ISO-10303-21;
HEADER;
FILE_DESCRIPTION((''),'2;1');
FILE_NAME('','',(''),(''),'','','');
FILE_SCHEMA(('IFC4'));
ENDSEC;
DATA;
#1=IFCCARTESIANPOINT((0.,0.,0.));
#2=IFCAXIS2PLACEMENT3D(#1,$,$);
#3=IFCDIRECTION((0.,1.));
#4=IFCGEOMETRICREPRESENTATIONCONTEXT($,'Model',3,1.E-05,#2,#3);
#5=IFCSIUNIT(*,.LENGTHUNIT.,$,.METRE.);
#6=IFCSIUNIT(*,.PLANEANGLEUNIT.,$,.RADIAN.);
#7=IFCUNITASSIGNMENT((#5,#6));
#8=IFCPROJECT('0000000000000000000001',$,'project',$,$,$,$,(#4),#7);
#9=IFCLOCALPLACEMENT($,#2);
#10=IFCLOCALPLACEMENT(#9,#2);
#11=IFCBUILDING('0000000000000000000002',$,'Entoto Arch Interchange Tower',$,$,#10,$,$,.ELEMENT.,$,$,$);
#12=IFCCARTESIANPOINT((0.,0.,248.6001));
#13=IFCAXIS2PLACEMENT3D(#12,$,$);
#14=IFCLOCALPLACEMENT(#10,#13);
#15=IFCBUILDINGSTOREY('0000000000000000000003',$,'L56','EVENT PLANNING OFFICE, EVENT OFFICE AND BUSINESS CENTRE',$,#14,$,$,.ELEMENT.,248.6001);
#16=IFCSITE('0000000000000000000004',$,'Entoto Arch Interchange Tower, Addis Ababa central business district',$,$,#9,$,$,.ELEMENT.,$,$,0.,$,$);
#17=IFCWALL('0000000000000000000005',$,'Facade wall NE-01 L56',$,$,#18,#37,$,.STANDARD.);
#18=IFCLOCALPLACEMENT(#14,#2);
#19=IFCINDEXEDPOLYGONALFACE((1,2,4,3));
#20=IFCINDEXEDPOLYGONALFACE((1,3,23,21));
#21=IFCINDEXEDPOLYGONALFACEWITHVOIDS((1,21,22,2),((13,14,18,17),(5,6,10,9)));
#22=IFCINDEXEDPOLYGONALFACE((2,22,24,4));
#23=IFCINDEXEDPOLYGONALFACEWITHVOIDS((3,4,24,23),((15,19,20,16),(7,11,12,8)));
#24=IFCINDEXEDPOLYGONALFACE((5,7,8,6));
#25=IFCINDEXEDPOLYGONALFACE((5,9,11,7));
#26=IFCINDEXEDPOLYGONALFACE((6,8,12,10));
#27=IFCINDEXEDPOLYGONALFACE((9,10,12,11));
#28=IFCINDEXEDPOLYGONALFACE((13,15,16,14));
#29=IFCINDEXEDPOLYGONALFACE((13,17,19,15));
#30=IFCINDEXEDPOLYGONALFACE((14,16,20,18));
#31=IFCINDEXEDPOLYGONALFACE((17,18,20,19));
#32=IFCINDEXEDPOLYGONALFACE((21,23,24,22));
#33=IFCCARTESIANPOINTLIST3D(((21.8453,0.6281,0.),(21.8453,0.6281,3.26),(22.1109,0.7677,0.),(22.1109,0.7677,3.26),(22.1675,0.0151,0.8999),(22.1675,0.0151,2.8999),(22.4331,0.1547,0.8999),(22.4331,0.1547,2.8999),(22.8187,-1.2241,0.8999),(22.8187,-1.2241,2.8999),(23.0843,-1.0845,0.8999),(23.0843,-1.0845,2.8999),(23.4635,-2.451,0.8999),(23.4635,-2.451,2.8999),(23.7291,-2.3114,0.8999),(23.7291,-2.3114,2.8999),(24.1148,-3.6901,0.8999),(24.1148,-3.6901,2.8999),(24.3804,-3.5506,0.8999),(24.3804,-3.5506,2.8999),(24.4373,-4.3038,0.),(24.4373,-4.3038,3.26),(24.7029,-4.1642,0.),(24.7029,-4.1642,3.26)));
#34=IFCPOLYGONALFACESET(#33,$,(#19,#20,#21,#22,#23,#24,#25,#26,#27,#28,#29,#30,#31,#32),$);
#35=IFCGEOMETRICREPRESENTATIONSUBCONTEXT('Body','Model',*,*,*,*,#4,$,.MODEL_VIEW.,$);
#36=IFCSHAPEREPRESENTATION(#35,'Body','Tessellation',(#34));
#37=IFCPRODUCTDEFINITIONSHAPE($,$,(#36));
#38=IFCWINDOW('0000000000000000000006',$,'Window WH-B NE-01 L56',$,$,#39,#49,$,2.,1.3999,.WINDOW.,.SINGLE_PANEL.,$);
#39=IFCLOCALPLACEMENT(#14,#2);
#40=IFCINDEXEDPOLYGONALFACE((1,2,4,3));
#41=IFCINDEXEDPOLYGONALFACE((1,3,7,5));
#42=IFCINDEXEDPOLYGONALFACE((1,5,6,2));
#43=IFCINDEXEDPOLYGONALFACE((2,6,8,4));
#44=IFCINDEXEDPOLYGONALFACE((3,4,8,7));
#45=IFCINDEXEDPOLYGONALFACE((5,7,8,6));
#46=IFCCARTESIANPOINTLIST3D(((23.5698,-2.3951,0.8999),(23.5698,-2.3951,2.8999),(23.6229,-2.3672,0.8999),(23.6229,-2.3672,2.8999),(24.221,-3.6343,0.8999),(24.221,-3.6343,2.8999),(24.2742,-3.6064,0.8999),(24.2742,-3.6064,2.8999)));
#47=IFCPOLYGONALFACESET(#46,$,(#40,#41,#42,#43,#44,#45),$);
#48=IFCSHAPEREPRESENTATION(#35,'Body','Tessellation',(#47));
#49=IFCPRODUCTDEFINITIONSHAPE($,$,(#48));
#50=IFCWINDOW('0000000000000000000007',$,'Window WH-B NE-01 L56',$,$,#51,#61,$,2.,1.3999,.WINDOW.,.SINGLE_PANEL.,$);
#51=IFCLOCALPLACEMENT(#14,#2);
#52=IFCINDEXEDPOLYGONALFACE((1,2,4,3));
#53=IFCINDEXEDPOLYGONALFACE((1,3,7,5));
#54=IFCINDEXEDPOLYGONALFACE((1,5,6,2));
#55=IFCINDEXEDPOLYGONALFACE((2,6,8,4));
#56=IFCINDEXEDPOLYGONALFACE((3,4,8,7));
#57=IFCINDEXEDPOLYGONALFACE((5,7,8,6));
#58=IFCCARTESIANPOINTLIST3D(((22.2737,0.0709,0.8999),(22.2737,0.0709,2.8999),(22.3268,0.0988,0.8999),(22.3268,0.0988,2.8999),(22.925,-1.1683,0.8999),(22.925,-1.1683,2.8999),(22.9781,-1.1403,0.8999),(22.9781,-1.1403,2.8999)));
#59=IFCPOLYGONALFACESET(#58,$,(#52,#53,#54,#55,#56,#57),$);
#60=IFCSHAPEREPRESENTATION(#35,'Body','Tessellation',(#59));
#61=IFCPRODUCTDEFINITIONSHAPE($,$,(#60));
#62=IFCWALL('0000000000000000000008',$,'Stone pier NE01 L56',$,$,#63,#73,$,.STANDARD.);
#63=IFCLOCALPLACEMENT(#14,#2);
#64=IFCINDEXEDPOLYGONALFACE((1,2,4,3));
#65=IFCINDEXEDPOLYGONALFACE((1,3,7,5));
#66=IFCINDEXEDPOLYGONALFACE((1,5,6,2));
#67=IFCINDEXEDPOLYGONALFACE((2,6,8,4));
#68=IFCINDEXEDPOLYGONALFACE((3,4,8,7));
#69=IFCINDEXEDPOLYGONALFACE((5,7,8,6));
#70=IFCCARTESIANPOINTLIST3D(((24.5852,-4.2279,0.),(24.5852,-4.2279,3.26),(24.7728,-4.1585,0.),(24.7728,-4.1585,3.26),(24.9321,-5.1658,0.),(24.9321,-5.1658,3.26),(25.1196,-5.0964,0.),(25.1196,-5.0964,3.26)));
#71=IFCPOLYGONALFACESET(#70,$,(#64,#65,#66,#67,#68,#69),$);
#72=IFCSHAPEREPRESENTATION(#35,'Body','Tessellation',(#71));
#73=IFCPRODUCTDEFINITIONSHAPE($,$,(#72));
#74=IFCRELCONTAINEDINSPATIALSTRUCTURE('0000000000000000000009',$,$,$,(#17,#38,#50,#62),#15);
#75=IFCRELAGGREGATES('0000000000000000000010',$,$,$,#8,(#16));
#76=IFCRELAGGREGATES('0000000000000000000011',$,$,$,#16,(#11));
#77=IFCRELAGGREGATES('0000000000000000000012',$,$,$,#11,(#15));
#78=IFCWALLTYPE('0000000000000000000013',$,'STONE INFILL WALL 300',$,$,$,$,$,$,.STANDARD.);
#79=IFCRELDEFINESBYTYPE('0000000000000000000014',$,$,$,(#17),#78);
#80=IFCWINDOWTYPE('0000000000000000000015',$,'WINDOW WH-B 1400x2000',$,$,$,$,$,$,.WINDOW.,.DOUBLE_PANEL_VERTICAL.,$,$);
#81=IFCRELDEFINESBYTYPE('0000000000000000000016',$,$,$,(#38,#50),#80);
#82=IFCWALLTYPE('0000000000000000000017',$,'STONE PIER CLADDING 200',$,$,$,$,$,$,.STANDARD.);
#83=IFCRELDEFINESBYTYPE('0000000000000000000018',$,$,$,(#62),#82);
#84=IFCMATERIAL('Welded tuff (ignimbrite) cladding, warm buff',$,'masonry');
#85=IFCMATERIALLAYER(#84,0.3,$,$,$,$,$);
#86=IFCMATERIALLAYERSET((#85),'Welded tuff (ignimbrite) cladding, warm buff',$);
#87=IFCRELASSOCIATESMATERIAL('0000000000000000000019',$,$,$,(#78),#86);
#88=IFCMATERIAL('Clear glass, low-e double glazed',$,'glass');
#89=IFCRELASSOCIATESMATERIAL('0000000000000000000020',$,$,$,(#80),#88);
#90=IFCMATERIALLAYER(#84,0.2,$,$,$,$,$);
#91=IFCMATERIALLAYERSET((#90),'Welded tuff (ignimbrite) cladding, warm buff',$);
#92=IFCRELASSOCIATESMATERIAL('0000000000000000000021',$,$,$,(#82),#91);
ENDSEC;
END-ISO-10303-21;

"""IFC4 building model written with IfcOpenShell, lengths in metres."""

from ifc_helpers import new_model, si_unit, direction, frame, frame_2d, origin, place, context, subcontext, project, spatial, rectangle, extrude, material, layer, layer_set, type_object, element, fill, save


model = new_model("IFC4")

# Units and contexts
model_context = context("Model", 3, precision=1e-05, world=origin(), true_north=direction((0.0, 1.0)))
body_context = subcontext(model_context, "Body", "Model", "MODEL_VIEW")
ifc_project = project(units=[si_unit("LENGTHUNIT", "METRE"), si_unit("PLANEANGLEUNIT", "RADIAN")], contexts=[model_context])

# Site, building, storey
site_placement = place(None, origin())
site = spatial("IfcSite", under=ifc_project, at=site_placement, Name="Entoto Arch Interchange Tower, Addis Ababa central business district", CompositionType="ELEMENT", RefElevation=0.0)
building_placement = place(site_placement, origin())
building = spatial("IfcBuilding", under=site, at=building_placement, Name="Entoto Arch Interchange Tower", CompositionType="ELEMENT")
storey_placement = place(building_placement, frame((0.0, 0.0, 248.6001)))
storey = spatial("IfcBuildingStorey", under=building, at=storey_placement, Name="L56", Description="EVENT PLANNING OFFICE, EVENT OFFICE AND BUSINESS CENTRE", CompositionType="ELEMENT", Elevation=248.6001)

# Shared definitions
ifc_material_1 = material(Name="Welded tuff (ignimbrite) cladding, warm buff", Category="masonry")
ifc_layer_1 = layer(ifc_material_1, 0.3)
ifc_layer_set_1 = layer_set([ifc_layer_1], Name="Welded tuff (ignimbrite) cladding, warm buff")
wall_type_1 = type_object("IfcWallType", Name="STONE INFILL WALL 300", PredefinedType="STANDARD", material=ifc_layer_set_1)
ifc_material_2 = material(Name="Clear glass, low-e double glazed", Category="glass")
window_type = type_object("IfcWindowType", Name="WINDOW WH-B 1400x2000", PartitioningType="DOUBLE_PANEL_VERTICAL", PredefinedType="WINDOW", material=ifc_material_2)

# Wall, openings, windows
wall_1_placement = place(storey_placement, frame((24.5701, -4.2339, 0.0), z_axis=(0.0, 0.0, 1.0), x_axis=(-0.465228, 0.885191, 0.0)))
wall_1 = element("IfcWall", 1, at=wall_1_placement, inside=storey, type_object=wall_type_1, Name="Facade wall NE-01 L56", PredefinedType="STANDARD", context=body_context, shape_type="SweptSolid", body=[
    extrude(rectangle(XDim=5.5715, YDim=0.3, at=frame_2d((2.7856, 0.0))), origin(), (0.0, 0.0, 1.0), 3.26),
])
opening_1_placement = place(wall_1_placement, frame((0.6931, 0.0, 0.8999)))
opening_1 = element("IfcOpeningElement", 2, at=opening_1_placement, cuts=wall_1, PredefinedType="OPENING", context=body_context, shape_type="SweptSolid", body=[
    extrude(rectangle(XDim=1.3999, YDim=2.0, at=frame_2d((0.7, 1.0))), frame((0.0, 0.1602, 0.0), z_axis=(0.0, -1.0, 0.0), x_axis=(1.0, 0.0, 0.0)), (0.0, 0.0, 1.0), 0.3201),
])
opening_2_placement = place(wall_1_placement, frame((3.479, 0.0, 0.8999)))
opening_2 = element("IfcOpeningElement", 3, at=opening_2_placement, cuts=wall_1, PredefinedType="OPENING", context=body_context, shape_type="SweptSolid", body=[
    extrude(rectangle(XDim=1.3999, YDim=2.0, at=frame_2d((0.7, 1.0))), frame((0.0, 0.1602, 0.0), z_axis=(0.0, -1.0, 0.0), x_axis=(1.0, 0.0, 0.0)), (0.0, 0.0, 1.0), 0.3201),
])
window_1_placement = place(opening_1_placement, origin())
window_1 = element("IfcWindow", 4, at=window_1_placement, inside=storey, type_object=window_type, Name="Window WH-B NE-01 L56", OverallHeight=2.0, OverallWidth=1.3999, PartitioningType="SINGLE_PANEL", PredefinedType="WINDOW", context=body_context, shape_type="SweptSolid", body=[
    extrude(rectangle(XDim=1.3999, YDim=2.0, at=frame_2d((0.7, 1.0))), frame((0.0, 0.03, 0.0), z_axis=(0.0, -1.0, 0.0), x_axis=(1.0, 0.0, 0.0)), (0.0, 0.0, 1.0), 0.0601),
])
fill(opening_1, window_1)
window_2_placement = place(opening_2_placement, origin())
window_2 = element("IfcWindow", 5, at=window_2_placement, inside=storey, type_object=window_type, Name="Window WH-B NE-01 L56", OverallHeight=2.0, OverallWidth=1.3999, PartitioningType="SINGLE_PANEL", PredefinedType="WINDOW", context=body_context, shape_type="SweptSolid", body=[
    extrude(rectangle(XDim=1.3999, YDim=2.0, at=frame_2d((0.7, 1.0))), frame((0.0, 0.03, 0.0), z_axis=(0.0, -1.0, 0.0), x_axis=(1.0, 0.0, 0.0)), (0.0, 0.0, 1.0), 0.0601),
])
fill(opening_2, window_2)

# Wall
ifc_layer_2 = layer(ifc_material_1, 0.2)
ifc_layer_set_2 = layer_set([ifc_layer_2], Name="Welded tuff (ignimbrite) cladding, warm buff")
wall_type_2 = type_object("IfcWallType", Name="STONE PIER CLADDING 200", PredefinedType="STANDARD", material=ifc_layer_set_2)
wall_2_placement = place(storey_placement, frame((25.0259, -5.1311, 0.0), z_axis=(0.0, 0.0, 1.0), x_axis=(-0.346893, 0.937905, 0.0)))
element("IfcWall", 6, at=wall_2_placement, inside=storey, type_object=wall_type_2, Name="Stone pier NE01 L56", PredefinedType="STANDARD", context=body_context, shape_type="SweptSolid", body=[
    extrude(rectangle(XDim=1.0, YDim=0.2, at=frame_2d((0.5, 0.0))), origin(), (0.0, 0.0, 1.0), 3.26),
])

save(model, "model.ifc")
